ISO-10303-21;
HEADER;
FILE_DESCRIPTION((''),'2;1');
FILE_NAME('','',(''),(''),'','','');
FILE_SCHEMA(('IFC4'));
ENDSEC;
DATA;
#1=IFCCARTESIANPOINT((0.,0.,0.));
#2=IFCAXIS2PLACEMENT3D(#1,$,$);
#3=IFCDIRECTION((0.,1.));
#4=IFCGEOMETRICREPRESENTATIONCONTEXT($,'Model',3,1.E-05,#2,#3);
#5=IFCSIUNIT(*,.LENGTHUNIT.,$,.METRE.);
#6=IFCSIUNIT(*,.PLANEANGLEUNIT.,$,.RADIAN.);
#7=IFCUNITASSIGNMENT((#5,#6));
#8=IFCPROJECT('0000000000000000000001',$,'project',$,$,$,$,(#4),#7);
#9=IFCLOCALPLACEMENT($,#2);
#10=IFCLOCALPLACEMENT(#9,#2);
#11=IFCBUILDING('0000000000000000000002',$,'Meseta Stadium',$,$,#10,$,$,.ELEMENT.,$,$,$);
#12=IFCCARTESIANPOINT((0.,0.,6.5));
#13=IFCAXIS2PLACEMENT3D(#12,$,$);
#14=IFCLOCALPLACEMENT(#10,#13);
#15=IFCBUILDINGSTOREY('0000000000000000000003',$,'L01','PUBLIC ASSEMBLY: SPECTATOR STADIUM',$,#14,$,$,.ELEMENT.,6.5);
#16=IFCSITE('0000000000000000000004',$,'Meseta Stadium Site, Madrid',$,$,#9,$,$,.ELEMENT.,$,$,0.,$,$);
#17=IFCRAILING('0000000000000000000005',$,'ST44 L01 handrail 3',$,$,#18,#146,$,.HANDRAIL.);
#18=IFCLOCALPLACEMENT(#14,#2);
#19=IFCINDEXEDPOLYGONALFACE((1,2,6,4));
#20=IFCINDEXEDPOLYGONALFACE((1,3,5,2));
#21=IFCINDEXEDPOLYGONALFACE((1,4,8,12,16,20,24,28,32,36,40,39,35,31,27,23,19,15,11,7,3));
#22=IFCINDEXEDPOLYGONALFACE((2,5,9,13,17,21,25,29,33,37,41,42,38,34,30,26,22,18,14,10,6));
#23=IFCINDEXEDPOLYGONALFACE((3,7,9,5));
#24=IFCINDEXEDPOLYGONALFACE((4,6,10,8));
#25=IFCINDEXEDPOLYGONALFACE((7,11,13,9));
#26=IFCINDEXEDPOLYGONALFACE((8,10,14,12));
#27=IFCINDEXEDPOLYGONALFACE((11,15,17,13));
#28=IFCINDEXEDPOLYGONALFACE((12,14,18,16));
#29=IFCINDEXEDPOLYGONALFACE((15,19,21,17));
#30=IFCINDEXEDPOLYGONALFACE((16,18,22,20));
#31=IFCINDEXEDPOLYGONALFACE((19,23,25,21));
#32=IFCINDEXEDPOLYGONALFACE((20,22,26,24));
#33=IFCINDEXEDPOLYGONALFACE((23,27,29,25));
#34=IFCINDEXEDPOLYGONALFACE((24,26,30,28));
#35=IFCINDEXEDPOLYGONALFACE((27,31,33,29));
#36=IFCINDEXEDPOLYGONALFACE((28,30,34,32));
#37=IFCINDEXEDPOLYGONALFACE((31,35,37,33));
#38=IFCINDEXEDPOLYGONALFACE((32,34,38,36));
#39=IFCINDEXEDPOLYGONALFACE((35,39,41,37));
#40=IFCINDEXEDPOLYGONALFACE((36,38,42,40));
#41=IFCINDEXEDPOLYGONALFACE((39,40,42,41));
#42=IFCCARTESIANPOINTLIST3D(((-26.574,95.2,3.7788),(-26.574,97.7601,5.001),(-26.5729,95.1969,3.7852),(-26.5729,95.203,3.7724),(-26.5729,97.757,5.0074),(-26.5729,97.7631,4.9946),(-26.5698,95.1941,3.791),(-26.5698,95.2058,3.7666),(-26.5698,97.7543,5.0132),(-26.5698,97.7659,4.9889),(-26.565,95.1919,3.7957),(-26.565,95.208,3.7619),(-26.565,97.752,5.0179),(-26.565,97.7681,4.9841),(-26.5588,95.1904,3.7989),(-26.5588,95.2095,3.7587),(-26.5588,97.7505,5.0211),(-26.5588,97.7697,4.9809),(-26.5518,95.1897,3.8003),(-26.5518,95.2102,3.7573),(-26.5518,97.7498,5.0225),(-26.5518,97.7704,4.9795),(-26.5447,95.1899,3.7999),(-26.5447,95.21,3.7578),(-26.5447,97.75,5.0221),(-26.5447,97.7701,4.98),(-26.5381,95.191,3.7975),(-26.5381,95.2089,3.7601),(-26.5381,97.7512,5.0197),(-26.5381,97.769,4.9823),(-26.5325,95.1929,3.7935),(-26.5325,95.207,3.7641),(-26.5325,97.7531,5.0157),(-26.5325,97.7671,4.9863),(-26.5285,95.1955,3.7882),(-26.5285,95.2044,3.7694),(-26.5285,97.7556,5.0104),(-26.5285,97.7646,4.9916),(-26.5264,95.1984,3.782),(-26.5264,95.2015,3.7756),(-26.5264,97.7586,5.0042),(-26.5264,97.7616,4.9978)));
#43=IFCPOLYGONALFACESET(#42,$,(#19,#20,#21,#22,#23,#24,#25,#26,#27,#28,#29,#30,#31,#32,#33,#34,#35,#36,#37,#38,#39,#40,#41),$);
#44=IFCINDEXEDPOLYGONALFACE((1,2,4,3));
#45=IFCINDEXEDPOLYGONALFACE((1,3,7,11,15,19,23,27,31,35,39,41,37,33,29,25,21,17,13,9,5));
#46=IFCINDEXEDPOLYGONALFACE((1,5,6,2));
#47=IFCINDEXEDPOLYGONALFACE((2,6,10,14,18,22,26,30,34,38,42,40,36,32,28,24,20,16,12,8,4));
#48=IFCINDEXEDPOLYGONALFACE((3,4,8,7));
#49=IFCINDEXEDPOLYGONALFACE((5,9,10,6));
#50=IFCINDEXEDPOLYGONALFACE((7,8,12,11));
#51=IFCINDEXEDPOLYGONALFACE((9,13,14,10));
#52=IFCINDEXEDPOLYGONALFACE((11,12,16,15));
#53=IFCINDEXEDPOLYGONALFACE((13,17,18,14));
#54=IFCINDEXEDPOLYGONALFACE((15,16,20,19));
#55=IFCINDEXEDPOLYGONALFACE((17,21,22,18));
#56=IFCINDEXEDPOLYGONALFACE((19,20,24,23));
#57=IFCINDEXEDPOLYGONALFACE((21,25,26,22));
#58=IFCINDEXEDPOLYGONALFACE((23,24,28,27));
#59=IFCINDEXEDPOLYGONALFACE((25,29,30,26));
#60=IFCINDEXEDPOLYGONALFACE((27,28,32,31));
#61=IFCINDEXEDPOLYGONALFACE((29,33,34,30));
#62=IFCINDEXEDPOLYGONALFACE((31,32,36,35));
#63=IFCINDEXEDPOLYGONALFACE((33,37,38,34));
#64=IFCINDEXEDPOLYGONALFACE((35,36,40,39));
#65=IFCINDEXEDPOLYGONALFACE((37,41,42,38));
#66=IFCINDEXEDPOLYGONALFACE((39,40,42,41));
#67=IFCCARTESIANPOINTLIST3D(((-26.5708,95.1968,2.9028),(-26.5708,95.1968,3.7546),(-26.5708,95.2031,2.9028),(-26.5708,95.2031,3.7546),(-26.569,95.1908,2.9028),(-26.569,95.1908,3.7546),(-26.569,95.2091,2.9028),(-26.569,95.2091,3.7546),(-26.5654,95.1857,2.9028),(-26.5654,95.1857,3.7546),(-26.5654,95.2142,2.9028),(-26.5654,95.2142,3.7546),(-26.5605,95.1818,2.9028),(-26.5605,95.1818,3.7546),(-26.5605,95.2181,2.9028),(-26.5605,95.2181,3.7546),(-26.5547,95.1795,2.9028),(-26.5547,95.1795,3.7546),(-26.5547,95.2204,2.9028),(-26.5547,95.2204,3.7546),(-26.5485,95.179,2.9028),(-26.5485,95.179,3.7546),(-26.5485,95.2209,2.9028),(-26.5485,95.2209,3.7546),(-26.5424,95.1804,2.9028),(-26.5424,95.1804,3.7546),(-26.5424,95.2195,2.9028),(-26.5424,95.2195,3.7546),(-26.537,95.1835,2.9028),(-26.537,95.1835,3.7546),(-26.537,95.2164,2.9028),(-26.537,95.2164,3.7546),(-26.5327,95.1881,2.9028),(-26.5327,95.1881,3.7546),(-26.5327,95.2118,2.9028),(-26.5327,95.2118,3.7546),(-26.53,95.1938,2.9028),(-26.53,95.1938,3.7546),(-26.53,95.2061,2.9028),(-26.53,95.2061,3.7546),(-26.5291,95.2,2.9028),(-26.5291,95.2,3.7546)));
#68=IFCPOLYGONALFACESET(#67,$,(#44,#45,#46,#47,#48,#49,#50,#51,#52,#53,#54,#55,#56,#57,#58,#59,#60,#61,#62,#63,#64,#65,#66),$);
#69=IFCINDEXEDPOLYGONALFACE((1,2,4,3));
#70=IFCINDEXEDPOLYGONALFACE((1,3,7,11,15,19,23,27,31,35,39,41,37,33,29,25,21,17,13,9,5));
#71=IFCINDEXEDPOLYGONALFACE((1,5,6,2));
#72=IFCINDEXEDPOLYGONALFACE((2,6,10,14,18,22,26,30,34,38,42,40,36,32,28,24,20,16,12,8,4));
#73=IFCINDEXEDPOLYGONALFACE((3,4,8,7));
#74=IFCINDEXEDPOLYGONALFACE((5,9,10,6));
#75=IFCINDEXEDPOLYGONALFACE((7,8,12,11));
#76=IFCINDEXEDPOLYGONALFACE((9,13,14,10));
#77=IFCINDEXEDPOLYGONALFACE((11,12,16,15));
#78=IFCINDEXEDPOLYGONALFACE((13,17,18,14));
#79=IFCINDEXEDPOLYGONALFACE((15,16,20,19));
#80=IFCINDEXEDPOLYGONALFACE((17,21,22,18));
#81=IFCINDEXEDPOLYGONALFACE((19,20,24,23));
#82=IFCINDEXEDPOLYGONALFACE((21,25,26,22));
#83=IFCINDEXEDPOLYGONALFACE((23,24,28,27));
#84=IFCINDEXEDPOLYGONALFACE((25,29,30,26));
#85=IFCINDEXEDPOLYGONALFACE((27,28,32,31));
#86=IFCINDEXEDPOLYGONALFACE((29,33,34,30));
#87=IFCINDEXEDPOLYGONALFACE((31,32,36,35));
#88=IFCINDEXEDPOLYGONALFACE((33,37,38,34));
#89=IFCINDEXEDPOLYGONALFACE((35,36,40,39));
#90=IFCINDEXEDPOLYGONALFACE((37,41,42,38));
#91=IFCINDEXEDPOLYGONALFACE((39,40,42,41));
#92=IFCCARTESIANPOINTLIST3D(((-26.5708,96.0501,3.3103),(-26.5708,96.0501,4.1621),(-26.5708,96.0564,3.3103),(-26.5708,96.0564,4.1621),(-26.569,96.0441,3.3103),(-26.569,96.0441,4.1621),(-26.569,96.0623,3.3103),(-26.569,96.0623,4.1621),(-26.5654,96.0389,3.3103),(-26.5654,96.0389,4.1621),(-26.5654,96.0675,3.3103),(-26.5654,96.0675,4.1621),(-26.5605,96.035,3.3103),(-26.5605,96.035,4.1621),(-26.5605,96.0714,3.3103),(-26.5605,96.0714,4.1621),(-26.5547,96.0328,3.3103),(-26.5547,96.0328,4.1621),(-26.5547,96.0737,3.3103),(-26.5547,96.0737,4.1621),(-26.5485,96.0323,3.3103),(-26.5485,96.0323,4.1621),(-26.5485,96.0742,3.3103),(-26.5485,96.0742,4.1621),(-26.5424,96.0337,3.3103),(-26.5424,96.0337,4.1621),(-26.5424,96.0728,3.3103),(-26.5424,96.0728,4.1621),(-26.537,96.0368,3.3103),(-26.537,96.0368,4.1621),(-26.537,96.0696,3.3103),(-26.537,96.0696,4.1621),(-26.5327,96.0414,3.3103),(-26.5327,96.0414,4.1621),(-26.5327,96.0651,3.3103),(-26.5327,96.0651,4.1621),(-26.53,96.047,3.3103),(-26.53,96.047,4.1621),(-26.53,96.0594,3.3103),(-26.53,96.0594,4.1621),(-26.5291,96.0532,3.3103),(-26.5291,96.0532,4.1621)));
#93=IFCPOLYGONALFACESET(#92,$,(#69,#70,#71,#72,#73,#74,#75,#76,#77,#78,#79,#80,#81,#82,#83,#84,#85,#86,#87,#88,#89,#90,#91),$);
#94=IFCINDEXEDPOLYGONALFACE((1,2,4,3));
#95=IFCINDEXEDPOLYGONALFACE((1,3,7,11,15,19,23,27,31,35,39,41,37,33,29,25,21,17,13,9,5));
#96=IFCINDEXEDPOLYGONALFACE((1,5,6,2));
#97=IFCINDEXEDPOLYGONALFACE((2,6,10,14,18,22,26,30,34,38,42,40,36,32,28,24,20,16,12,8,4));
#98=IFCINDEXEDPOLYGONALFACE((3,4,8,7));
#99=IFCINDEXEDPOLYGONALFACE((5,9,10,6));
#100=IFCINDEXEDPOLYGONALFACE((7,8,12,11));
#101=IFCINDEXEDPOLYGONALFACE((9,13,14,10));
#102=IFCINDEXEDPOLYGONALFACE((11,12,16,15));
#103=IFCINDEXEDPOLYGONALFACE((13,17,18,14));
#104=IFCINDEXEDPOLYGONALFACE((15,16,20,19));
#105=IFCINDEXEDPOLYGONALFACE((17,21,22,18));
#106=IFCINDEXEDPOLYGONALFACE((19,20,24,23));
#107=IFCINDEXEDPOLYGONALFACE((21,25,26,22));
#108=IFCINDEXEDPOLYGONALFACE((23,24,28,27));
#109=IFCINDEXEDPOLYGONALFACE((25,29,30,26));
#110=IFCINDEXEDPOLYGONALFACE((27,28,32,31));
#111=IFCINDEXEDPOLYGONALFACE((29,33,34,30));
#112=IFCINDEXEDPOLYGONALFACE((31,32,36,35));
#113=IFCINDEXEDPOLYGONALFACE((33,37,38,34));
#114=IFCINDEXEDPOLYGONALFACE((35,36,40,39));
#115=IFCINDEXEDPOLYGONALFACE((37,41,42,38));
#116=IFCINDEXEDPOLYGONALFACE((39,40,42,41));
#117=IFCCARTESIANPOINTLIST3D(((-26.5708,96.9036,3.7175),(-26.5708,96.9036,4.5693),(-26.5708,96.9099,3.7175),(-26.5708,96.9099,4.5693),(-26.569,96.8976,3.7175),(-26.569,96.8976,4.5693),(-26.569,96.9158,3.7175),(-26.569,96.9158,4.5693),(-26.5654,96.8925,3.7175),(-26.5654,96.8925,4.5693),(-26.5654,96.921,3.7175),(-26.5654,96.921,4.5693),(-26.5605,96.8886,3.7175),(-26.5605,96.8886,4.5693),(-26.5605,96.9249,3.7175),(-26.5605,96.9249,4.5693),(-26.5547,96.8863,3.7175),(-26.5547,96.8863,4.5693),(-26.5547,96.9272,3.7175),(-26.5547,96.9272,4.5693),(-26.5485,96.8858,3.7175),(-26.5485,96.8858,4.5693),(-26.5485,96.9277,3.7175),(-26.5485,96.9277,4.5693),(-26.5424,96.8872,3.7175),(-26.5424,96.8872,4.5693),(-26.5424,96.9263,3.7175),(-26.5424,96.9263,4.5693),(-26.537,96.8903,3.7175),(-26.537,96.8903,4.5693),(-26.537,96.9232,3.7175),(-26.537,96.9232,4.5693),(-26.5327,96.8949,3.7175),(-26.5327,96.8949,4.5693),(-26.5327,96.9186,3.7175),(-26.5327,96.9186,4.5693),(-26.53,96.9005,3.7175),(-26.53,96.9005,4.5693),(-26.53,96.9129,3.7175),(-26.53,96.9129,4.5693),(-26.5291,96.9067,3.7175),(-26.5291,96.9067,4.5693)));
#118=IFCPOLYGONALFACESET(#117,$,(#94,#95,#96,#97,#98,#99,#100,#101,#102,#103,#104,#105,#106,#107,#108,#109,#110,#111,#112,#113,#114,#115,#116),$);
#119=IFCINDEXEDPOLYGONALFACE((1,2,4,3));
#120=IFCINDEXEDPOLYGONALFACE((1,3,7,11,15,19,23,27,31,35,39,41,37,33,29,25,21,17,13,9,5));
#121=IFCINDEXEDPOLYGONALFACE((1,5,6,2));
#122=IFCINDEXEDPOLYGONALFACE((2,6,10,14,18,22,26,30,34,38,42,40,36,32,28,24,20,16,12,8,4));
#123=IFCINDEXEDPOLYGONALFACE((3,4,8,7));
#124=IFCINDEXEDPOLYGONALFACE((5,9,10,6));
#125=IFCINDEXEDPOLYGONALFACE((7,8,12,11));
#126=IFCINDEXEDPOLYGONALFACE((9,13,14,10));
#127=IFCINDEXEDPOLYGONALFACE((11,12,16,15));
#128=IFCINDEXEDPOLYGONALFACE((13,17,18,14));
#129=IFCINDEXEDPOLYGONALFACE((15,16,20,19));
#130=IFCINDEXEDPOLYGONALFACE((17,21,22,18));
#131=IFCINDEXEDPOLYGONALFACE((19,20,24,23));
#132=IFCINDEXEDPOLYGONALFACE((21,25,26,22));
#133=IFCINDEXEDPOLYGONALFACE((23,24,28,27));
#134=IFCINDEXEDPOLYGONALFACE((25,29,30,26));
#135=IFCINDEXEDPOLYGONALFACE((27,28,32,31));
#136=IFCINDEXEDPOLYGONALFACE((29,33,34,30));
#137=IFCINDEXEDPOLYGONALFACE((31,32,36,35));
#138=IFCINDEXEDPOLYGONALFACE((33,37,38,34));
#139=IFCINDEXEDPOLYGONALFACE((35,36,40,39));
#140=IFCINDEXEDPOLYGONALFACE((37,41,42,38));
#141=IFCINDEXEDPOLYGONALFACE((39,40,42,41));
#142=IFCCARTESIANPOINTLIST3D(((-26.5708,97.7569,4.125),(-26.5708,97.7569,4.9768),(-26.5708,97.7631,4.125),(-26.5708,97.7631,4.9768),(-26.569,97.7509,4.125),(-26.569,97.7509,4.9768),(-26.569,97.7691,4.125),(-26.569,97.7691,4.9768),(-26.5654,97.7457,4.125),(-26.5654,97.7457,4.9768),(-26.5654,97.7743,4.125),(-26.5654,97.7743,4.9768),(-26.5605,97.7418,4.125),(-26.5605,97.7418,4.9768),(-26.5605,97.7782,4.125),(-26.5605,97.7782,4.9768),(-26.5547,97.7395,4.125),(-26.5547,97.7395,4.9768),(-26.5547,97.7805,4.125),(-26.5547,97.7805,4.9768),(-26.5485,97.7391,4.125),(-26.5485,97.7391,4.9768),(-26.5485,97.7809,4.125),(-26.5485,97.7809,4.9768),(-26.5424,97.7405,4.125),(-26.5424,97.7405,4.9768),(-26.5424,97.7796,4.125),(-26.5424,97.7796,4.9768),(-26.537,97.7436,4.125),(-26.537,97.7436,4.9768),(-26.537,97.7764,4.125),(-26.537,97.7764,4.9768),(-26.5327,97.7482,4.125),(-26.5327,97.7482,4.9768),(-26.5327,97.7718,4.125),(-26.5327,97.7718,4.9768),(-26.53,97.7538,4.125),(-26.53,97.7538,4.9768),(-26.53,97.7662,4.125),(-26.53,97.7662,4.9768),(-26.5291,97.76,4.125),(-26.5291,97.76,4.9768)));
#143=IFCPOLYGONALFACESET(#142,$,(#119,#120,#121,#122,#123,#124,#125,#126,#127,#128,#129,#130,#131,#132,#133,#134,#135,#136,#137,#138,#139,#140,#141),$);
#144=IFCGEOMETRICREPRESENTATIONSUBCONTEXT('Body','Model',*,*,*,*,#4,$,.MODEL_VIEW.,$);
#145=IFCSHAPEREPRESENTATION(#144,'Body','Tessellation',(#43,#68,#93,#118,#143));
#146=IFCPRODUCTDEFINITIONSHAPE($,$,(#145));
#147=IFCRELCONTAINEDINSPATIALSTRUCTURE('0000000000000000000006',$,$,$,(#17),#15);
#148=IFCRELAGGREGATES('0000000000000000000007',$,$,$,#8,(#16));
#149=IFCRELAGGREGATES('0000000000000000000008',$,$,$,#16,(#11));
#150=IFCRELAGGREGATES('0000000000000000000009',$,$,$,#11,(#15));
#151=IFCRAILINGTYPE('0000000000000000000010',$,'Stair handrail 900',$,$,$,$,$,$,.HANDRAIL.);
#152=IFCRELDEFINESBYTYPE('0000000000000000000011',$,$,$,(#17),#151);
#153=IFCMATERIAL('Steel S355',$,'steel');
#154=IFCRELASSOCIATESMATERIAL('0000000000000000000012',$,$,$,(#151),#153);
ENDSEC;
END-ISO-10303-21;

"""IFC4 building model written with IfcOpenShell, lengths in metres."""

from ifc_helpers import new_model, si_unit, direction, frame, origin, origin_2d, place, context, subcontext, project, spatial, circle, extrude, material, type_object, element, save


model = new_model("IFC4")

# Units and contexts
model_context = context("Model", 3, precision=1e-05, world=origin(), true_north=direction((0.0, 1.0)))
body_context = subcontext(model_context, "Body", "Model", "MODEL_VIEW")
ifc_project = project(units=[si_unit("LENGTHUNIT", "METRE"), si_unit("PLANEANGLEUNIT", "RADIAN")], contexts=[model_context])

# Site, building, storey
site_placement = place(None, origin())
site = spatial("IfcSite", under=ifc_project, at=site_placement, Name="Meseta Stadium Site, Madrid", CompositionType="ELEMENT", RefElevation=0.0)
building_placement = place(site_placement, origin())
building = spatial("IfcBuilding", under=site, at=building_placement, Name="Meseta Stadium", CompositionType="ELEMENT")
storey_placement = place(building_placement, frame((0.0, 0.0, 6.5)))
storey = spatial("IfcBuildingStorey", under=building, at=storey_placement, Name="L01", Description="PUBLIC ASSEMBLY: SPECTATOR STADIUM", CompositionType="ELEMENT", Elevation=6.5)

# Railing
ifc_material_1 = material(Name="Steel S355", Category="steel")
railing_type_1 = type_object("IfcRailingType", Name="Stair handrail 900", PredefinedType="HANDRAIL", material=ifc_material_1)
railing_1_placement = place(storey_placement, frame((-26.55, 95.2, 2.9028)))
element("IfcRailing", 1, at=railing_1_placement, inside=storey, type_object=railing_type_1, Name="ST44 L01 handrail 3", PredefinedType="HANDRAIL", context=body_context, shape_type="SweptSolid", body=[
    extrude(circle(Radius=0.0239, at=origin_2d()), frame((0.0, 0.0, 0.876), z_axis=(0.0, 0.902437, 0.430822), x_axis=(-1.0, 0.0, 0.0)), (0.0, 0.0, 1.0), 2.8369),
    extrude(circle(Radius=0.021, at=origin_2d()), origin(), (0.0, 0.0, 1.0), 0.8518),
    extrude(circle(Radius=0.021, at=origin_2d()), frame((0.0, 0.8533, 0.4075)), (0.0, 0.0, 1.0), 0.8518),
    extrude(circle(Radius=0.021, at=origin_2d()), frame((0.0, 1.7068, 0.8147)), (0.0, 0.0, 1.0), 0.8518),
    extrude(circle(Radius=0.021, at=origin_2d()), frame((0.0, 2.5601, 1.2222)), (0.0, 0.0, 1.0), 0.8518),
])

save(model, "model.ifc")
